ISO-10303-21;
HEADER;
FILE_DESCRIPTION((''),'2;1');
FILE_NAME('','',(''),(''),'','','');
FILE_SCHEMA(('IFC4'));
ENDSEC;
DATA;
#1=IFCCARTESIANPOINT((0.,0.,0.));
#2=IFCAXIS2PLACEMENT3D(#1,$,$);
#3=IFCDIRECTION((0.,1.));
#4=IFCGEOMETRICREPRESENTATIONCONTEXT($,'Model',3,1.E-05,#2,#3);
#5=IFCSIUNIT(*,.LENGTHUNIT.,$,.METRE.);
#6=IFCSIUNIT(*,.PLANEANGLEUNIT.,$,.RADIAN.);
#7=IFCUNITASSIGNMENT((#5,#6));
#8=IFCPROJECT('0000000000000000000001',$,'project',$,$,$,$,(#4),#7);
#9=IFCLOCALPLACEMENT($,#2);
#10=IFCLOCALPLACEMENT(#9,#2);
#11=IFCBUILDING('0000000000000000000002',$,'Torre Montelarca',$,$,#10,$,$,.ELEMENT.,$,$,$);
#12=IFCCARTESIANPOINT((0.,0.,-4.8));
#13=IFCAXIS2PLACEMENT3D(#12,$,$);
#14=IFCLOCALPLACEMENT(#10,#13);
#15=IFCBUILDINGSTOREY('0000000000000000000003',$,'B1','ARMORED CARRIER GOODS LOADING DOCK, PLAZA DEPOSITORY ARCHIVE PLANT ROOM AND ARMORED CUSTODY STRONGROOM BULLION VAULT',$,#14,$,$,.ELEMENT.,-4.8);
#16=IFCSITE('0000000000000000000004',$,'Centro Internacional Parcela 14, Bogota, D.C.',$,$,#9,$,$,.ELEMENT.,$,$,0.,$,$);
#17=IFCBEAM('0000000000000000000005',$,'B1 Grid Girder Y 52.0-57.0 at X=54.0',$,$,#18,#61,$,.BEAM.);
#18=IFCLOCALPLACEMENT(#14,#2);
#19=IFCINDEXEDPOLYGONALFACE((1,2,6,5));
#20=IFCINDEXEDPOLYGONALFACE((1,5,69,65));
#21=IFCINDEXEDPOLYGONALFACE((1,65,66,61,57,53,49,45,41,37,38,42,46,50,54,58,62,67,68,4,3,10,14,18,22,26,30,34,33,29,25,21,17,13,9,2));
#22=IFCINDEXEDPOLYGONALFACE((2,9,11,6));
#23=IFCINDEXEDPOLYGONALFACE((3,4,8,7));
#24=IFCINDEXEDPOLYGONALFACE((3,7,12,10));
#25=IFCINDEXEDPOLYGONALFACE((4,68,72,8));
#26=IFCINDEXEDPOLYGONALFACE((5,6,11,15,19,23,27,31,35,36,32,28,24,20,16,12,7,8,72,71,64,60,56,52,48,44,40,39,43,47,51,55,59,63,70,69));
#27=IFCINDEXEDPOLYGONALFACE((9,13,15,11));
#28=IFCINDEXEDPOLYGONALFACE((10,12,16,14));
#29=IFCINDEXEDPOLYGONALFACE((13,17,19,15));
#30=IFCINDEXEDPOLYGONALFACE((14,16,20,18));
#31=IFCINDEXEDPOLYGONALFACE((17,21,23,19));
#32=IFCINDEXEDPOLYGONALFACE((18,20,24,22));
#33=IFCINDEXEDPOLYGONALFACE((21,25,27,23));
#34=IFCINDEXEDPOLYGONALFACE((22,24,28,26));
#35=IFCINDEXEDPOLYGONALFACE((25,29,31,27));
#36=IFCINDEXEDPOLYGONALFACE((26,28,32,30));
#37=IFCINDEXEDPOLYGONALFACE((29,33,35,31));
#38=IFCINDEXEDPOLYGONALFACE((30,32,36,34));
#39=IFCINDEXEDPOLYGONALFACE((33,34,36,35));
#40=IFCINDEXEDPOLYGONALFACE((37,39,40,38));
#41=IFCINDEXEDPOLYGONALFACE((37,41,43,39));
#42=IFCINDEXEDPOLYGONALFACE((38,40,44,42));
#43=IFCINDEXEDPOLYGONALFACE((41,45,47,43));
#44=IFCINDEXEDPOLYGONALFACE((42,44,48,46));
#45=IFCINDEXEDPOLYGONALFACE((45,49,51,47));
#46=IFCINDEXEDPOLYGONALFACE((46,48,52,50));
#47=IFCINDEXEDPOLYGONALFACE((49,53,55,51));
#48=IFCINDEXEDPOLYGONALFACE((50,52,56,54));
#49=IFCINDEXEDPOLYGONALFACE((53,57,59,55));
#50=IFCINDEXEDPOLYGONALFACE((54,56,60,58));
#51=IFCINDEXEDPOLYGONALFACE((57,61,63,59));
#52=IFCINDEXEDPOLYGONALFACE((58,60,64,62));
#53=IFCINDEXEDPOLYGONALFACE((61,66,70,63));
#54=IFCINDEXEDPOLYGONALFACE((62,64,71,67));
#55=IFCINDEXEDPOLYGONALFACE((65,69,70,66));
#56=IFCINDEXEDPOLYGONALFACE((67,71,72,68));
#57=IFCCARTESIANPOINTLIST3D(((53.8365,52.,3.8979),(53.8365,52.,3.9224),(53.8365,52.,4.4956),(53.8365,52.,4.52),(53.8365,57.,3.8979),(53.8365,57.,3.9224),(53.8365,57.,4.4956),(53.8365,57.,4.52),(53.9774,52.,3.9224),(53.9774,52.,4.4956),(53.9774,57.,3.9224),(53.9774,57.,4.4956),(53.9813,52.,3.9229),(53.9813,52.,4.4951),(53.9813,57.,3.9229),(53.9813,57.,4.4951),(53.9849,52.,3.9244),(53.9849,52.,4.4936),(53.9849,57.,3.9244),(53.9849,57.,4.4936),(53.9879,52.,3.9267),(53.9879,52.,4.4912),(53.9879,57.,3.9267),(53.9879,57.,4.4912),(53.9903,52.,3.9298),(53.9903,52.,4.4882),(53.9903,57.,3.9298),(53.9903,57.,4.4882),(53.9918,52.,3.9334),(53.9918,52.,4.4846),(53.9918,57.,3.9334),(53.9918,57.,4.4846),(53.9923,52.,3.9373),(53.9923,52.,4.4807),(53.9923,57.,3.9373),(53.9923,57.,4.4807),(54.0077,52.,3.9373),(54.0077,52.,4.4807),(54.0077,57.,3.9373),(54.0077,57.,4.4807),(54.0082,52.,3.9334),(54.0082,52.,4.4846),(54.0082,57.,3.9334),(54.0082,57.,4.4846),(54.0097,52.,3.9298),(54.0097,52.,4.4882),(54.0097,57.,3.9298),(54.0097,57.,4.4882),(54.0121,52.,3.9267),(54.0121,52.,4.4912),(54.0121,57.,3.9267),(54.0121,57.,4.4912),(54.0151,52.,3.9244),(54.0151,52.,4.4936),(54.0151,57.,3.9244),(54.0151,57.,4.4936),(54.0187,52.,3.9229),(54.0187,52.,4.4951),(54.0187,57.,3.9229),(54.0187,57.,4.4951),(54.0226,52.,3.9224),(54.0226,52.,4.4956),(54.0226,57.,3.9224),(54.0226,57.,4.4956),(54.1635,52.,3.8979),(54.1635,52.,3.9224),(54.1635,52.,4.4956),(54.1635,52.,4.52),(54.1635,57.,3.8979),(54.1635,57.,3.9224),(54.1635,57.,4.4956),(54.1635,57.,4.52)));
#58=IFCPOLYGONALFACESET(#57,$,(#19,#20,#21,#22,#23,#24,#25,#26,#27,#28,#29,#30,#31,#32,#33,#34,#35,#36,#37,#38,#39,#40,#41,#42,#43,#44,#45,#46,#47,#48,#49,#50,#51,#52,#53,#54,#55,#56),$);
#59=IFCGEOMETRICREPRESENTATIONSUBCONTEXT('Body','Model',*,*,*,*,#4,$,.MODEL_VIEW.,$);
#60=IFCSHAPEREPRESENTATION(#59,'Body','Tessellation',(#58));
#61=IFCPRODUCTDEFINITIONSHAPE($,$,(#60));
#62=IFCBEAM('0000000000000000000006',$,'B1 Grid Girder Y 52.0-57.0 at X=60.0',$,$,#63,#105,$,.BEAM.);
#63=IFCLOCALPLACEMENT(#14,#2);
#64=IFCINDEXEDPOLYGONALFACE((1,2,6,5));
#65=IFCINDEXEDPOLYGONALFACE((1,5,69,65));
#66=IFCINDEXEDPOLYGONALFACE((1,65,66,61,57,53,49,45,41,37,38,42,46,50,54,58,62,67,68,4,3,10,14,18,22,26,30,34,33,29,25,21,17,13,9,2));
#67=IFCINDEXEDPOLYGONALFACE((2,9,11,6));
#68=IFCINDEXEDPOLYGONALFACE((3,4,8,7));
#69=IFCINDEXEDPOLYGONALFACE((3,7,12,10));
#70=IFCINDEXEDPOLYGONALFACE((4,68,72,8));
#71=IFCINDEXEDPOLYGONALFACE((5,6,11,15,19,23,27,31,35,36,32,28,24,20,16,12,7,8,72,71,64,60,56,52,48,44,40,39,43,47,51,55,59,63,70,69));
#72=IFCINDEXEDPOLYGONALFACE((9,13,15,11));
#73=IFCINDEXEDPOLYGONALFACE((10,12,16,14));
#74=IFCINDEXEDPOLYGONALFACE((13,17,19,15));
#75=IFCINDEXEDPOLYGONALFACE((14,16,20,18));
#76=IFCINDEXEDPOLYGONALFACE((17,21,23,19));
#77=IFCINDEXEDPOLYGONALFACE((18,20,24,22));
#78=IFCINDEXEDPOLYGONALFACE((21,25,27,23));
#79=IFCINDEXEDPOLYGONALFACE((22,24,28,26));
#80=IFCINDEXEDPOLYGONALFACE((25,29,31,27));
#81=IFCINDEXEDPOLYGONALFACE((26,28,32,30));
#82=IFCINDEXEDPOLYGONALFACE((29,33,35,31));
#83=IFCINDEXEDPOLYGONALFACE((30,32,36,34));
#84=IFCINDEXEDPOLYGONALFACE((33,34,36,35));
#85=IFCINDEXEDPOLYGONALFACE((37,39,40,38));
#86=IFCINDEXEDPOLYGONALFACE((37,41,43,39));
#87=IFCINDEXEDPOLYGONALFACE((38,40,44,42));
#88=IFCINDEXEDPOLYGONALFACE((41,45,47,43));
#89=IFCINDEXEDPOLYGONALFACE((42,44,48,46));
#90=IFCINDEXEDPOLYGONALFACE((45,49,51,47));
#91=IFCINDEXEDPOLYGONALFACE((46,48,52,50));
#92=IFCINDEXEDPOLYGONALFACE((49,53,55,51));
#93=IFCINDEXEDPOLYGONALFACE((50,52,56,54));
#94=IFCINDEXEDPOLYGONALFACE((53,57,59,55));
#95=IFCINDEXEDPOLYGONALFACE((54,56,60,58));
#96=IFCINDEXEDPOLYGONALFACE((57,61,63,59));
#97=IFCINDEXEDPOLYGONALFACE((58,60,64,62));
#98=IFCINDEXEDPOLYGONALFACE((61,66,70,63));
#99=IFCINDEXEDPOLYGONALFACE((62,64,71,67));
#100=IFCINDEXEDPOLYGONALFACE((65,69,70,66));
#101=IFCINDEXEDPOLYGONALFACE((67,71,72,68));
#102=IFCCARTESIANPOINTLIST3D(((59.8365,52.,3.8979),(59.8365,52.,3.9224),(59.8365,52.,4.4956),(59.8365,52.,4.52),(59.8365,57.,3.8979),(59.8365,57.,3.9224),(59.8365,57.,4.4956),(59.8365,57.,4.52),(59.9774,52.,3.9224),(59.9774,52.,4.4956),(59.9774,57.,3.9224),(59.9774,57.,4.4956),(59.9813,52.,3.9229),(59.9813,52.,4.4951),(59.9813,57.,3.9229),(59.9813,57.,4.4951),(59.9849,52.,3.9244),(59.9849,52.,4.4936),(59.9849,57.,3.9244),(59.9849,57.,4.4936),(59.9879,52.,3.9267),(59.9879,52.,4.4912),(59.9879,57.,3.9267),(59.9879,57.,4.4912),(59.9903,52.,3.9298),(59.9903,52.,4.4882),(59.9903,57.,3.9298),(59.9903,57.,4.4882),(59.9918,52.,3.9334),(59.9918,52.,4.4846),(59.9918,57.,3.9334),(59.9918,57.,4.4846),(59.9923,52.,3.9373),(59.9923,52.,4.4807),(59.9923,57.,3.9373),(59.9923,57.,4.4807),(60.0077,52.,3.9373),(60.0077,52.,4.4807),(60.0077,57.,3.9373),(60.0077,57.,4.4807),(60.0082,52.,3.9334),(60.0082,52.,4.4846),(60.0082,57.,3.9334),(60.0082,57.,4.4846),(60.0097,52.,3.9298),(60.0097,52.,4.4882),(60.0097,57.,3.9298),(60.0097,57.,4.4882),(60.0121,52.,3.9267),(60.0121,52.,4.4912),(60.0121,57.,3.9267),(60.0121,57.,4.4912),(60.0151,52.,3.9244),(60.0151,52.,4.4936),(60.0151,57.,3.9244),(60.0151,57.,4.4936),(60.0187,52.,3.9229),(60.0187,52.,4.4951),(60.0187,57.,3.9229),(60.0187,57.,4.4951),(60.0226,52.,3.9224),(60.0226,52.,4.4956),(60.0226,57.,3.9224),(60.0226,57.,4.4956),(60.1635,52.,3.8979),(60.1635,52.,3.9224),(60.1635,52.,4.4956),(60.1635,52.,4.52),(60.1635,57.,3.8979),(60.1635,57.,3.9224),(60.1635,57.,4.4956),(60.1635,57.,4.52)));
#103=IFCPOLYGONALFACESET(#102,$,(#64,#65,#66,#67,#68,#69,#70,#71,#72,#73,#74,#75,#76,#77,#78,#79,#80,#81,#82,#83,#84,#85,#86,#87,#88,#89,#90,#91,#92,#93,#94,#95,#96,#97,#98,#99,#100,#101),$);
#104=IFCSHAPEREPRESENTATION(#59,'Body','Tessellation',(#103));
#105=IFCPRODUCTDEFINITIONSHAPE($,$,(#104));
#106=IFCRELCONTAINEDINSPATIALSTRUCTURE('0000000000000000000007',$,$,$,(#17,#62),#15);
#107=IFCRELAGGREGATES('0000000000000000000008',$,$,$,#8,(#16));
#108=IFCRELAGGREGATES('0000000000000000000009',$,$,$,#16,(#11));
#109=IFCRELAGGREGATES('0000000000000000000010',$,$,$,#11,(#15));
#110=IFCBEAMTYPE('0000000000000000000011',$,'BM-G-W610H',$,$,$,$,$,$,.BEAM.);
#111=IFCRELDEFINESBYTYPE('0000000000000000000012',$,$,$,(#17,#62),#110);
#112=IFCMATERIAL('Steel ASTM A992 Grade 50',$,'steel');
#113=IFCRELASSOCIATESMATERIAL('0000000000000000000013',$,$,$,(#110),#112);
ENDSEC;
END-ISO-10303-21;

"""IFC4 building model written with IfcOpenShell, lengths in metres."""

from ifc_helpers import new_model, si_unit, direction, frame, origin, origin_2d, place, context, subcontext, project, spatial, i_section, extrude, source, transform, mapped, material, material_profile, profile_set, type_object, element, save


model = new_model("IFC4")

# Units and contexts
model_context = context("Model", 3, precision=1e-05, world=origin(), true_north=direction((0.0, 1.0)))
body_context = subcontext(model_context, "Body", "Model", "MODEL_VIEW")
ifc_project = project(units=[si_unit("LENGTHUNIT", "METRE"), si_unit("PLANEANGLEUNIT", "RADIAN")], contexts=[model_context])

# Site, building, storey
site_placement = place(None, origin())
site = spatial("IfcSite", under=ifc_project, at=site_placement, Name="Centro Internacional Parcela 14, Bogota, D.C.", CompositionType="ELEMENT", RefElevation=0.0)
building_placement = place(site_placement, origin())
building = spatial("IfcBuilding", under=site, at=building_placement, Name="Torre Montelarca", CompositionType="ELEMENT")
storey_placement = place(building_placement, frame((0.0, 0.0, -4.8)))
storey = spatial("IfcBuildingStorey", under=building, at=storey_placement, Name="B1", Description="ARMORED CARRIER GOODS LOADING DOCK, PLAZA DEPOSITORY ARCHIVE PLANT ROOM AND ARMORED CUSTODY STRONGROOM BULLION VAULT", CompositionType="ELEMENT", Elevation=-4.8)

# Beams
ifc_material_1 = material(Name="Steel ASTM A992 Grade 50", Category="steel")
ifc_material_profile_1 = material_profile(ifc_material_1, i_section(OverallWidth=0.3269, OverallDepth=0.6221, WebThickness=0.0154, FlangeThickness=0.0244, FilletRadius=0.0149, at=origin_2d()), Name="W610X195", Category="steel")
ifc_profile_set_1 = profile_set([ifc_material_profile_1], Name="Steel ASTM A992 Grade 50")
beam_type_1 = type_object("IfcBeamType", Name="BM-G-W610H", PredefinedType="BEAM", material=ifc_profile_set_1)
shared_shape_1 = source(origin(), body_context, "Body", "SweptSolid", [
    extrude(i_section(OverallWidth=0.3269, OverallDepth=0.6221, WebThickness=0.0154, FlangeThickness=0.0244, FilletRadius=0.0149, at=origin_2d()), origin(), (0.0, 0.0, 1.0), 5.0),
])
for number, where, z_axis, x_axis, name in (
    (1, (54.0, 52.0, 4.209), (0.0, 1.0, 0.0), (-1.0, 0.0, 0.0), "B1 Grid Girder Y 52.0-57.0 at X=54.0"),
    (2, (60.0, 52.0, 4.209), (0.0, 1.0, 0.0), (-1.0, 0.0, 0.0), "B1 Grid Girder Y 52.0-57.0 at X=60.0"),
):
    element("IfcBeam", number, at=place(storey_placement, frame(where, z_axis=z_axis, x_axis=x_axis)), inside=storey, type_object=beam_type_1, Name=name, PredefinedType="BEAM", context=body_context, shape_type="MappedRepresentation", body=[
        mapped(shared_shape_1, transform((0.0, 0.0, 0.0), scale=1.0)),
    ])

save(model, "model.ifc")
